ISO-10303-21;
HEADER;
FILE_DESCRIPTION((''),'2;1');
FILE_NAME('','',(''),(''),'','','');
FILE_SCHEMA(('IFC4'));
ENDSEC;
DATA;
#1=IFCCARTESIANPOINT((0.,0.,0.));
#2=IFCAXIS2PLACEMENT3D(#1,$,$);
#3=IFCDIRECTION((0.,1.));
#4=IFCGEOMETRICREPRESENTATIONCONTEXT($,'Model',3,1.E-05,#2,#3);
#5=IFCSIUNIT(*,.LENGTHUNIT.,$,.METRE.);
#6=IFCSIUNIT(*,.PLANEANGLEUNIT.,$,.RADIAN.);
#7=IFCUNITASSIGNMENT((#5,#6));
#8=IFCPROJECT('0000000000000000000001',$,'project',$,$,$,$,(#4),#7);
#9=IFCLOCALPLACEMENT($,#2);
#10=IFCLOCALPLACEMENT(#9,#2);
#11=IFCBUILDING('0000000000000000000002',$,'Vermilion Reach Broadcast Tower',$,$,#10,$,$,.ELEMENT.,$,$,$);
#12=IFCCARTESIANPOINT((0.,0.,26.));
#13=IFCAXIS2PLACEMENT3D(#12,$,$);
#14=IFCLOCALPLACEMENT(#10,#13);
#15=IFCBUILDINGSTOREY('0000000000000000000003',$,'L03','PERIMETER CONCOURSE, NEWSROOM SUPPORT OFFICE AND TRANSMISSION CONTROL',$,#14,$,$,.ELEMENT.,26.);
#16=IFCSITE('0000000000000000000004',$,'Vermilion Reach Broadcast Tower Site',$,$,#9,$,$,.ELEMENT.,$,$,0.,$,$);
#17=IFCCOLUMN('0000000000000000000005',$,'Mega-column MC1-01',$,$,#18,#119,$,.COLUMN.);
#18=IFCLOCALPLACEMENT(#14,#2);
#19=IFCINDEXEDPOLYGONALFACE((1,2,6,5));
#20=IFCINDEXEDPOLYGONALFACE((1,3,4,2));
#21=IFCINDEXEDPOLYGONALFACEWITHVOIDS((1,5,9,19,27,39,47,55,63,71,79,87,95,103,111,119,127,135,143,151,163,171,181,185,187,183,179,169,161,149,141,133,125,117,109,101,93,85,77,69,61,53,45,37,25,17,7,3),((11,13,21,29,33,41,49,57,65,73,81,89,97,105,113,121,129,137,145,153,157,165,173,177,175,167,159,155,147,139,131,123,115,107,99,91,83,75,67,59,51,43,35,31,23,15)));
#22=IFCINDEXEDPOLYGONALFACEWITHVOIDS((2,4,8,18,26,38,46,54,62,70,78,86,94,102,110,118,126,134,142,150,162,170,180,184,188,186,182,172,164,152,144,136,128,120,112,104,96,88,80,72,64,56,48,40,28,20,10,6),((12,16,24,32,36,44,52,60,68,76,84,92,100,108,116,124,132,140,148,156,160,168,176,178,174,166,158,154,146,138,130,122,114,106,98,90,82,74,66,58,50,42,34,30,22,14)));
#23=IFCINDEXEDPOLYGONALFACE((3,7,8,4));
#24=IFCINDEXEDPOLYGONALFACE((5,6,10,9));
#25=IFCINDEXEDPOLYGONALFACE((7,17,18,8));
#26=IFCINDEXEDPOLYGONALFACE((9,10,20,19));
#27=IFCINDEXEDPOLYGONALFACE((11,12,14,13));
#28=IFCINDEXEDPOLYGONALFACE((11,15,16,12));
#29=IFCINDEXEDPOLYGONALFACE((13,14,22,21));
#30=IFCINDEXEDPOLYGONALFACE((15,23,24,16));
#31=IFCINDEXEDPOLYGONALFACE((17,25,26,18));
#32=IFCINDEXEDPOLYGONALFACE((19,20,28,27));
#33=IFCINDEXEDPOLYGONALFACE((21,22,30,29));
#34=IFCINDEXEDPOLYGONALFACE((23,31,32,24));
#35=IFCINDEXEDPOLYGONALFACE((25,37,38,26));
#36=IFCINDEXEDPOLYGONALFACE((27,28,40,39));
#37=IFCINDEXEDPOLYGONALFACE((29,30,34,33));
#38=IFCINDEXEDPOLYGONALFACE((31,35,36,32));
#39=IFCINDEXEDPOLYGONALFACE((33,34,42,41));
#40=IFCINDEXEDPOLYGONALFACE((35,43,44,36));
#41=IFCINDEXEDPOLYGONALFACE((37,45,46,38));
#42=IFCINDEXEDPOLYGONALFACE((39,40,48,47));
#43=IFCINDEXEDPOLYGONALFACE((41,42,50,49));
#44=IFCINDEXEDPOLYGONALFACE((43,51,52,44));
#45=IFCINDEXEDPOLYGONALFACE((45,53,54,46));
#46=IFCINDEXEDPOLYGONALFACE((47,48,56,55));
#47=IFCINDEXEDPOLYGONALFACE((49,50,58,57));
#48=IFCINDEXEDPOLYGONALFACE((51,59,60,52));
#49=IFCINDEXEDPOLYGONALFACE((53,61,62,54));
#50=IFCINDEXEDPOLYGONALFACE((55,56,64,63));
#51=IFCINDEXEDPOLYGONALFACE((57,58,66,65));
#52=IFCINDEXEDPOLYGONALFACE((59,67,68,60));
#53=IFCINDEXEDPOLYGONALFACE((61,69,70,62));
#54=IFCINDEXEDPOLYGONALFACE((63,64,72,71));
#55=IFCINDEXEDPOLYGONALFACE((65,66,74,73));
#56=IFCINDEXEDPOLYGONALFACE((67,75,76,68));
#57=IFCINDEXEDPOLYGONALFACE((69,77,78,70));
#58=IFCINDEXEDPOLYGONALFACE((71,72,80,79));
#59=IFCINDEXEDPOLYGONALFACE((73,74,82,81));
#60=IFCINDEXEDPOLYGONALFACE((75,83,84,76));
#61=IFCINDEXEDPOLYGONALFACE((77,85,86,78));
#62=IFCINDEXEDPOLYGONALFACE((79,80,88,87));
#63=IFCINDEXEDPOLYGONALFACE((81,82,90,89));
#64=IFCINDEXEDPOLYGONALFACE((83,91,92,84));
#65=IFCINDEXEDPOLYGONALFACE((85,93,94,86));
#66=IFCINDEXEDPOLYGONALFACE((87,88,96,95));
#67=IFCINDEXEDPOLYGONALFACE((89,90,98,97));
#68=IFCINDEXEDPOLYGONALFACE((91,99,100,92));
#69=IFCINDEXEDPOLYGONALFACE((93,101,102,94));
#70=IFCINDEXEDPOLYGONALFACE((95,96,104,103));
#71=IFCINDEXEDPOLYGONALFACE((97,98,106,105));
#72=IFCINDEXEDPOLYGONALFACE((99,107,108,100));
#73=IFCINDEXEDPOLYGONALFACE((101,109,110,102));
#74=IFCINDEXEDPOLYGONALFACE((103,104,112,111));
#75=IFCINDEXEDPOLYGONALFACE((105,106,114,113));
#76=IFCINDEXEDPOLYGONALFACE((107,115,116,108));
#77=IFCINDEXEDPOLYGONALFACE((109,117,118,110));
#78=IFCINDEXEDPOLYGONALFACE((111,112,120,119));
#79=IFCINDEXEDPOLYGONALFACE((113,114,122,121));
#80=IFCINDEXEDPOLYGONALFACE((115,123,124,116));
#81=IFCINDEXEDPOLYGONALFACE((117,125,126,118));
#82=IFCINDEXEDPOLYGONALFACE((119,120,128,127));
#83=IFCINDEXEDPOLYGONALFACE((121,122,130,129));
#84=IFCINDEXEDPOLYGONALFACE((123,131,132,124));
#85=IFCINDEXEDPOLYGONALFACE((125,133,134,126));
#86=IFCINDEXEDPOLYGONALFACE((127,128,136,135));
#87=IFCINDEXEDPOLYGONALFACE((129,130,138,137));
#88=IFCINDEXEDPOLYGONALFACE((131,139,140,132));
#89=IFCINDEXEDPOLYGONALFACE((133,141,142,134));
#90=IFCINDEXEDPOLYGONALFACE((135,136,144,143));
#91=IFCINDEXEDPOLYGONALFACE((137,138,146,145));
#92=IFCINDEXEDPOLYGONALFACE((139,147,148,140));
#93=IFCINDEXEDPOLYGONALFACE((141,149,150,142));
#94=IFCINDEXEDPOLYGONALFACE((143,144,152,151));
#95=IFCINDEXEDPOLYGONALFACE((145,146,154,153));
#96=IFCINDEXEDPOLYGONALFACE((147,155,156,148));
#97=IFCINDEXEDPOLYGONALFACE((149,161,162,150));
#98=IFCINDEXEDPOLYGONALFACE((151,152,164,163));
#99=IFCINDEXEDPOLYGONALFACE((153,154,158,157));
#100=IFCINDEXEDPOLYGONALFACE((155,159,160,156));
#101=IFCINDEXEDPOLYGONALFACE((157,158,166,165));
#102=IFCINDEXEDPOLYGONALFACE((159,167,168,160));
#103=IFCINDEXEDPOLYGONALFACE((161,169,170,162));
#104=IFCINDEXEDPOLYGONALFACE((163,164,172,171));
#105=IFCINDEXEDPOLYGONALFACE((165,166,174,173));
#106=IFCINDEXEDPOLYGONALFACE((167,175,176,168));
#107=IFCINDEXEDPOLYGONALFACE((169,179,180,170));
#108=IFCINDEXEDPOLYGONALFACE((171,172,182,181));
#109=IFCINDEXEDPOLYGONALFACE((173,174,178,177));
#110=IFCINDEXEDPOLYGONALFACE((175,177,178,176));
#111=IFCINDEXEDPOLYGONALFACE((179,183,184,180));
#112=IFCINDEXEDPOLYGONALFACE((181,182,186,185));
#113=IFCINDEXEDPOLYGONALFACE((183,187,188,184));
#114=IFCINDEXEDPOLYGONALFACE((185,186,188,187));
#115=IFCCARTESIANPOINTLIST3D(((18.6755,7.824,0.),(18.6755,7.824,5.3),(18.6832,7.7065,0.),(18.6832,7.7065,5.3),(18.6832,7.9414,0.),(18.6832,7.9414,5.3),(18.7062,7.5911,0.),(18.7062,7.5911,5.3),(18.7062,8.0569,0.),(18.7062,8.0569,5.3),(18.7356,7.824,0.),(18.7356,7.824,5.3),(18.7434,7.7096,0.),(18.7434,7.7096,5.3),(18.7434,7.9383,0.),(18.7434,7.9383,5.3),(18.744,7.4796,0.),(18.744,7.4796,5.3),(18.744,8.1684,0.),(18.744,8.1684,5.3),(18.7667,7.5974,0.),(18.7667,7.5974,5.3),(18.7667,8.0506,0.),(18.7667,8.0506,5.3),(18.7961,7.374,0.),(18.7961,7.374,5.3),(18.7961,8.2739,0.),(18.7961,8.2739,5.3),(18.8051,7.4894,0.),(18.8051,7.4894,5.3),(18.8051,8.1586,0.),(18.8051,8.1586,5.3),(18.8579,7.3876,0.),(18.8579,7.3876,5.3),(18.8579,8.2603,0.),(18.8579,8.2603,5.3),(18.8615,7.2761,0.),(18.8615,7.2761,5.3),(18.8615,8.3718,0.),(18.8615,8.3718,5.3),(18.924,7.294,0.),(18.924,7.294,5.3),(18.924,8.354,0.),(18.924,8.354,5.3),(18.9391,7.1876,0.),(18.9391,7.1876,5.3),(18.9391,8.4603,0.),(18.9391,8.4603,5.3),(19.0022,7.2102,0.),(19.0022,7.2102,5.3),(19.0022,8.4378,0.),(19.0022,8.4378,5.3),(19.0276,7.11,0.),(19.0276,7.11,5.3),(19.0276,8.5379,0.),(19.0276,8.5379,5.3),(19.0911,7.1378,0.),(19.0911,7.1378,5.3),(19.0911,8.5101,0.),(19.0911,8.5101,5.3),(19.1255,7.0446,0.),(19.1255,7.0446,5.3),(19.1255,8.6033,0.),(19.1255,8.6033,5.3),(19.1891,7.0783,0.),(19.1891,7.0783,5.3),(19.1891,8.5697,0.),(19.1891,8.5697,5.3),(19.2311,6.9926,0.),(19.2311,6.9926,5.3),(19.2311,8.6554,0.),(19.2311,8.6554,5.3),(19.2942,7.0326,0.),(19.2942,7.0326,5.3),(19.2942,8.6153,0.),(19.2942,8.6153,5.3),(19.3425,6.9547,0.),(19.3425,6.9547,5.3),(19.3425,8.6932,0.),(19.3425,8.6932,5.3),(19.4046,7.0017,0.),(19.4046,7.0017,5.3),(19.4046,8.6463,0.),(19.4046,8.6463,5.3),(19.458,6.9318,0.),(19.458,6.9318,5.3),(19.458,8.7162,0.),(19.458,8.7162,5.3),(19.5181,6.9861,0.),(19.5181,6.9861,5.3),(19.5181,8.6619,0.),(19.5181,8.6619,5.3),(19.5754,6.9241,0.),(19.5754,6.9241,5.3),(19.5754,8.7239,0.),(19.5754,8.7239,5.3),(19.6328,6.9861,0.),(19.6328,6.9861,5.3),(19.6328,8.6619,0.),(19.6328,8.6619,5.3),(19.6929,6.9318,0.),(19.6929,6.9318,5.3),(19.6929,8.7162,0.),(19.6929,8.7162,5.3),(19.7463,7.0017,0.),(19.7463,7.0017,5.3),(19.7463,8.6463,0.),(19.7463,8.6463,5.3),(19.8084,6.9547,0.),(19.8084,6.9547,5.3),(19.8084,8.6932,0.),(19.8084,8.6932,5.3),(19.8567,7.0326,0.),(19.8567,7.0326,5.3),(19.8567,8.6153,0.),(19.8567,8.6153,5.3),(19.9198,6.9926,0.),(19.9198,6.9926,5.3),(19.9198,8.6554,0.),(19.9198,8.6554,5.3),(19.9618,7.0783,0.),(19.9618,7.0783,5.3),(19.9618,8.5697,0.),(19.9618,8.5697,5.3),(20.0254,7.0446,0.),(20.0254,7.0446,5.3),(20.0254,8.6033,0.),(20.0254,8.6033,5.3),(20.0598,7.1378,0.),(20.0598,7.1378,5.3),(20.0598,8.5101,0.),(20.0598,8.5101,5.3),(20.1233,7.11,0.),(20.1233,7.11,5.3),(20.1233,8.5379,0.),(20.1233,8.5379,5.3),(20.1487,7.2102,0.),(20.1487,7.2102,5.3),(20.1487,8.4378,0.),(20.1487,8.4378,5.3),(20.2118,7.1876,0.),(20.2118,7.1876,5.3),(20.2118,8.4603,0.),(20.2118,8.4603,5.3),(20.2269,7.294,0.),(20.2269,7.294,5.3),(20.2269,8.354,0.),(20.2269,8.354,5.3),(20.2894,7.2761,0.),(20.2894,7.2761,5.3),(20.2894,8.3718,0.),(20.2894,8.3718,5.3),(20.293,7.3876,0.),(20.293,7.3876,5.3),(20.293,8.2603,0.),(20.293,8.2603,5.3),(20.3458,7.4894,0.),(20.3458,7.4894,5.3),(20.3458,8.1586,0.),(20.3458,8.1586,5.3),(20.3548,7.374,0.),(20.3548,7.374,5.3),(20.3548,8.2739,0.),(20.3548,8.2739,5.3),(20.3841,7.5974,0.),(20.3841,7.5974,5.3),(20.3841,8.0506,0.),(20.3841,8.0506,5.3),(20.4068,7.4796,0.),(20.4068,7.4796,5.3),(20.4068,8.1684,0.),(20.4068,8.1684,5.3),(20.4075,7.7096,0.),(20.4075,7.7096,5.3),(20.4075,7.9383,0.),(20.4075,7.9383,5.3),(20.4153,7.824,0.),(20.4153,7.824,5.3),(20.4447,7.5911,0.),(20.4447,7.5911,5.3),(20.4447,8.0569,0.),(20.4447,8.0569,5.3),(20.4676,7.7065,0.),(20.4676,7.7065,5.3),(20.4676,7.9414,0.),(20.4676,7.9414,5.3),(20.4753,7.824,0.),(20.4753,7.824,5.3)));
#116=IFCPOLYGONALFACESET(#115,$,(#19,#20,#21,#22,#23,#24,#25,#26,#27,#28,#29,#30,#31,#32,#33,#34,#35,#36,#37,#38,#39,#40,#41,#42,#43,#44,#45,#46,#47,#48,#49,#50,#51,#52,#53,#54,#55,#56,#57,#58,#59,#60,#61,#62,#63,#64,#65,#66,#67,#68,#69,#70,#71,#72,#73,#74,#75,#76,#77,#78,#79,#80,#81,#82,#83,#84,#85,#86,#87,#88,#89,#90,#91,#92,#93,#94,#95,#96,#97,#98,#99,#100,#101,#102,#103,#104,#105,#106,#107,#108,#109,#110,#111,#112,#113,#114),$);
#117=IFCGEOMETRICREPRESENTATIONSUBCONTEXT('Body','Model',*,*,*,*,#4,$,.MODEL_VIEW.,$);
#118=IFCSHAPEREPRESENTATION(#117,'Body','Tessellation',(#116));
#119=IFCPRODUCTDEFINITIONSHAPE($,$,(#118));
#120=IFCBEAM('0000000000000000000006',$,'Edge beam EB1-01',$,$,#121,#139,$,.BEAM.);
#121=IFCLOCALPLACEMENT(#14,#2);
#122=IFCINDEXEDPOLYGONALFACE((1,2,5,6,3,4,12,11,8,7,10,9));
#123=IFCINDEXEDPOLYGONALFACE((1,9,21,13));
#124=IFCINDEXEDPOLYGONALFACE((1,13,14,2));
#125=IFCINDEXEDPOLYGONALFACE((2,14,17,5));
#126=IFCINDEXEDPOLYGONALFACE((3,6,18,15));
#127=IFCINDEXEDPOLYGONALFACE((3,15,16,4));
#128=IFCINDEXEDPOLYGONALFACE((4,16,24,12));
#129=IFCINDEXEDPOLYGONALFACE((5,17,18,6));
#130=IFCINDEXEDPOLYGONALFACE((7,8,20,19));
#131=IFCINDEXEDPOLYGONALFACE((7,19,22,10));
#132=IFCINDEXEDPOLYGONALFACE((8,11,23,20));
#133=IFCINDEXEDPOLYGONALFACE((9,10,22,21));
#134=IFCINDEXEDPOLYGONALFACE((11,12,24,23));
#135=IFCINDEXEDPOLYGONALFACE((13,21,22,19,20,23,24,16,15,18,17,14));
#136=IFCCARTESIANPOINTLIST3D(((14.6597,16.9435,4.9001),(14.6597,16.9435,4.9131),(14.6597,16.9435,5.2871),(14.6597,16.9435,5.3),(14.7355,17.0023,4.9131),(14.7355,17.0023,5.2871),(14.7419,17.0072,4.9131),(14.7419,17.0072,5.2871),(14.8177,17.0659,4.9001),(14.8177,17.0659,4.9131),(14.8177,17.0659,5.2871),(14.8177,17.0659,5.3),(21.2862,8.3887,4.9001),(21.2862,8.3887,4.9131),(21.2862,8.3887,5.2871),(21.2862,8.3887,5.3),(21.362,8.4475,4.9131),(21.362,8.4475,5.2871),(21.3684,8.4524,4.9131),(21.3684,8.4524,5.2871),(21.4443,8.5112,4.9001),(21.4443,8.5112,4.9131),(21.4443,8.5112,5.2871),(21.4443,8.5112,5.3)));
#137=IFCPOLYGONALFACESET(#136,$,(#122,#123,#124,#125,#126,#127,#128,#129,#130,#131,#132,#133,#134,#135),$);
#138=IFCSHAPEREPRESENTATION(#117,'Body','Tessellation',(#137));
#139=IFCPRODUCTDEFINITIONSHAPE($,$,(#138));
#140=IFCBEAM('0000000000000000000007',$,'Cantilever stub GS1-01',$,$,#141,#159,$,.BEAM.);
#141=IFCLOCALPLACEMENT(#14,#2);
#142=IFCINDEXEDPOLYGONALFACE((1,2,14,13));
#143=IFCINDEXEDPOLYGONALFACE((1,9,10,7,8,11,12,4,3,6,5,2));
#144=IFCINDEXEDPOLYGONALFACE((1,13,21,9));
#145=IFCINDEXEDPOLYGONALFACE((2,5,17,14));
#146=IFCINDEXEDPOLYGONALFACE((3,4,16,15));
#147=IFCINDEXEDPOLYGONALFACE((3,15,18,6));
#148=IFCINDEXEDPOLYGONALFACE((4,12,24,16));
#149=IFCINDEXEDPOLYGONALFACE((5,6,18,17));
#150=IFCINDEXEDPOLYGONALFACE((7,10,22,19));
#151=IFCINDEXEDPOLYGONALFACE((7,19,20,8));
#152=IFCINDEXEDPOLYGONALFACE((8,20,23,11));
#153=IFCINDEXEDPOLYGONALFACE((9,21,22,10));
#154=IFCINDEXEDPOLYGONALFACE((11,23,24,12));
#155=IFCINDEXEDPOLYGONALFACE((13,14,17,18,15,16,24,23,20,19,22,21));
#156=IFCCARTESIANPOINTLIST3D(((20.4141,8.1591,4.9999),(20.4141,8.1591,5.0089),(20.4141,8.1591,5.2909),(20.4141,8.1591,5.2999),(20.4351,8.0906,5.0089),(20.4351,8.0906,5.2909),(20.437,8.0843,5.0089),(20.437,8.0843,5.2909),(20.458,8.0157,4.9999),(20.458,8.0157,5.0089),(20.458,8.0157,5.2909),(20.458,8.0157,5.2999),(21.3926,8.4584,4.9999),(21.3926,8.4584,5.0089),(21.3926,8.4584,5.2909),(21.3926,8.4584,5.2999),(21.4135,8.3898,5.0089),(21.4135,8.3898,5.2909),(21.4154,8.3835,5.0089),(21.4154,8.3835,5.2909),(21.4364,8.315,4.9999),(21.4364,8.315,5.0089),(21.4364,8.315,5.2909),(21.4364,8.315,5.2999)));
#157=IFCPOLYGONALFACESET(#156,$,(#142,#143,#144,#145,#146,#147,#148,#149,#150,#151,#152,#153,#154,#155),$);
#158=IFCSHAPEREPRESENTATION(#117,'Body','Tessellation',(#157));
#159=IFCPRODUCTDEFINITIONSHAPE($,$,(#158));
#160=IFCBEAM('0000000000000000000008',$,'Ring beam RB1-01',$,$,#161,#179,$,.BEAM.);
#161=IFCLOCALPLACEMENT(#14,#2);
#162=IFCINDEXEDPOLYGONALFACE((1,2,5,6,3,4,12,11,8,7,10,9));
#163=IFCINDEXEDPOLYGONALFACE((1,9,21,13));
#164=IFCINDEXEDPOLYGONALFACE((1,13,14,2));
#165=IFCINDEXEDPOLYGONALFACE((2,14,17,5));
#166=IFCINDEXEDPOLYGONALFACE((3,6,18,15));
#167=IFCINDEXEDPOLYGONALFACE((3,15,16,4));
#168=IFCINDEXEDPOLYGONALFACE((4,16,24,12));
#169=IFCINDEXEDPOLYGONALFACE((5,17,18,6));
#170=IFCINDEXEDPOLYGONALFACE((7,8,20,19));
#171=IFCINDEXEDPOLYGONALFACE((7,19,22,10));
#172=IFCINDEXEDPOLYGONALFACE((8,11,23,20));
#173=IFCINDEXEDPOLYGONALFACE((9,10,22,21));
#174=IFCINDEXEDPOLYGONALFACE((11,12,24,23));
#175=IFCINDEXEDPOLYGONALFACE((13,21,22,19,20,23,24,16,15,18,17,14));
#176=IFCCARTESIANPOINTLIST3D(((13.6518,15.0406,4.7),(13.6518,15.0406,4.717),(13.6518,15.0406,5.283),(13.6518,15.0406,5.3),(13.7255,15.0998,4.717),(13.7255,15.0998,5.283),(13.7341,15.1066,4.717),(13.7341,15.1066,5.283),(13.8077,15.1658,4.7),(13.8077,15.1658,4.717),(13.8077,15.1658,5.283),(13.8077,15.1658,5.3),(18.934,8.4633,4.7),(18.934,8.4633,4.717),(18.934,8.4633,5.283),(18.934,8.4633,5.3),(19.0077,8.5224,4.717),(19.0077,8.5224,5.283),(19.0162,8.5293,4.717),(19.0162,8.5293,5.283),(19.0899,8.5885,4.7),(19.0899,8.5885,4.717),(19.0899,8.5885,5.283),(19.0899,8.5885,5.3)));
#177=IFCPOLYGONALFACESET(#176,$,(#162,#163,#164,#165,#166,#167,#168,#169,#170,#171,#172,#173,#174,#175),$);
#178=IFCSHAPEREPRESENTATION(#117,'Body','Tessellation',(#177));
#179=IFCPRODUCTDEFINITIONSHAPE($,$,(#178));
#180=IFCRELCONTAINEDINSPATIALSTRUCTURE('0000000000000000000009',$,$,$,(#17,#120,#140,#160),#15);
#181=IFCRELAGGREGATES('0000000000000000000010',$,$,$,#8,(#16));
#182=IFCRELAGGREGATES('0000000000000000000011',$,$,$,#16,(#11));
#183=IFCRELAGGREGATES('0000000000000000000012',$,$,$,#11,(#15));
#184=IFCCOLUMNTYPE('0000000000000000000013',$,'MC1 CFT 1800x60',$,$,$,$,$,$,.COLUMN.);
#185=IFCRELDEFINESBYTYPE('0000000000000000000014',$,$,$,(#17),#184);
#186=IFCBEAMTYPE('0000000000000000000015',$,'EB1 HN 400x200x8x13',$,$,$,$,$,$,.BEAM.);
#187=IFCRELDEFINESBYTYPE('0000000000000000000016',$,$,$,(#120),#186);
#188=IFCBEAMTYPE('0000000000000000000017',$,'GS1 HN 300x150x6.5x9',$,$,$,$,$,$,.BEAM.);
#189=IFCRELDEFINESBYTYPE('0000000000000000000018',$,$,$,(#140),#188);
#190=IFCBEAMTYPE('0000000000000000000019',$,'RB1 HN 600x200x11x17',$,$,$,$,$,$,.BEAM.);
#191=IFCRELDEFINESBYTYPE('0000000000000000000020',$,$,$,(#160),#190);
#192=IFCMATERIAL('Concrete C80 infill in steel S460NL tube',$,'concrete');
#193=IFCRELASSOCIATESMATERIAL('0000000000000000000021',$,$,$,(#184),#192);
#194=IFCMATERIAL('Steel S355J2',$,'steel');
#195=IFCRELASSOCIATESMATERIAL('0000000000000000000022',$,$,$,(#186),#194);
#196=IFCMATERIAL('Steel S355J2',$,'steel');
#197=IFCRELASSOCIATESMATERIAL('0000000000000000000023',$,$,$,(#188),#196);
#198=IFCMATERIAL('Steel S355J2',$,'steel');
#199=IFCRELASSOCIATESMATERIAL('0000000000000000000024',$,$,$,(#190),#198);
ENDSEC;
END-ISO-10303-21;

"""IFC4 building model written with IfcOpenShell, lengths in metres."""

from ifc_helpers import new_model, si_unit, direction, frame, origin, origin_2d, place, context, subcontext, project, spatial, hollow_circle, i_section, extrude, material, material_profile, profile_set, type_object, element, save


model = new_model("IFC4")

# Units and contexts
model_context = context("Model", 3, precision=1e-05, world=origin(), true_north=direction((0.0, 1.0)))
body_context = subcontext(model_context, "Body", "Model", "MODEL_VIEW")
ifc_project = project(units=[si_unit("LENGTHUNIT", "METRE"), si_unit("PLANEANGLEUNIT", "RADIAN")], contexts=[model_context])

# Site, building, storey
site_placement = place(None, origin())
site = spatial("IfcSite", under=ifc_project, at=site_placement, Name="Vermilion Reach Broadcast Tower Site", CompositionType="ELEMENT", RefElevation=0.0)
building_placement = place(site_placement, origin())
building = spatial("IfcBuilding", under=site, at=building_placement, Name="Vermilion Reach Broadcast Tower", CompositionType="ELEMENT")
storey_placement = place(building_placement, frame((0.0, 0.0, 26.0)))
storey = spatial("IfcBuildingStorey", under=building, at=storey_placement, Name="L03", Description="PERIMETER CONCOURSE, NEWSROOM SUPPORT OFFICE AND TRANSMISSION CONTROL", CompositionType="ELEMENT", Elevation=26.0)

# Column
ifc_material_1 = material(Name="Concrete C80 infill in steel S460NL tube", Category="concrete")
ifc_material_profile_1 = material_profile(ifc_material_1, hollow_circle(Radius=0.8999, WallThickness=0.0601, at=origin_2d()), Name="Concrete C80 infill in steel S460NL tube CFT 1800x60")
ifc_profile_set_1 = profile_set([ifc_material_profile_1], Name="Concrete C80 infill in steel S460NL tube")
column_type = type_object("IfcColumnType", Name="MC1 CFT 1800x60", PredefinedType="COLUMN", material=ifc_profile_set_1)
column_placement = place(storey_placement, frame((19.5754, 7.824, 0.0), z_axis=(0.0, 0.0, 1.0), x_axis=(1.0, 0.0, 0.0)))
element("IfcColumn", 1, at=column_placement, inside=storey, type_object=column_type, Name="Mega-column MC1-01", PredefinedType="COLUMN", context=body_context, shape_type="SweptSolid", body=[
    extrude(hollow_circle(Radius=0.8999, WallThickness=0.0601, at=origin_2d()), origin(), (0.0, 0.0, 1.0), 5.3),
])

# Beams
ifc_material_2 = material(Name="Steel S355J2", Category="steel")
ifc_material_profile_2 = material_profile(ifc_material_2, i_section(OverallWidth=0.2, OverallDepth=0.3999, WebThickness=0.0081, FlangeThickness=0.0129, at=origin_2d()), Name="S355J2 HN 400x200x8x13")
ifc_profile_set_2 = profile_set([ifc_material_profile_2], Name="Steel S355J2")
beam_type_1 = type_object("IfcBeamType", Name="EB1 HN 400x200x8x13", PredefinedType="BEAM", material=ifc_profile_set_2)
beam_1_placement = place(storey_placement, frame((21.3652, 8.45, 5.1001), z_axis=(-0.612374, 0.790568, 0.0), x_axis=(-0.790568, -0.612374, 0.0)))
element("IfcBeam", 2, at=beam_1_placement, inside=storey, type_object=beam_type_1, Name="Edge beam EB1-01", PredefinedType="BEAM", context=body_context, shape_type="SweptSolid", body=[
    extrude(i_section(OverallWidth=0.2, OverallDepth=0.3999, WebThickness=0.0081, FlangeThickness=0.0129, at=origin_2d()), origin(), (0.0, 0.0, 1.0), 10.821),
])
ifc_material_3 = material(Name="Steel S355J2", Category="steel")
ifc_material_profile_3 = material_profile(ifc_material_3, i_section(OverallWidth=0.1499, OverallDepth=0.3, WebThickness=0.0066, FlangeThickness=0.009, at=origin_2d()), Name="S355J2 HN 300x150x6.5x9")
ifc_profile_set_3 = profile_set([ifc_material_profile_3], Name="Steel S355J2")
beam_type_2 = type_object("IfcBeamType", Name="GS1 HN 300x150x6.5x9", PredefinedType="BEAM", material=ifc_profile_set_3)
beam_2_placement = place(storey_placement, frame((20.436, 8.0874, 5.1499), z_axis=(0.956263, 0.292509, 0.0), x_axis=(-0.292509, 0.956263, 0.0)))
element("IfcBeam", 3, at=beam_2_placement, inside=storey, type_object=beam_type_2, Name="Cantilever stub GS1-01", PredefinedType="BEAM", context=body_context, shape_type="SweptSolid", body=[
    extrude(i_section(OverallWidth=0.1499, OverallDepth=0.3, WebThickness=0.0066, FlangeThickness=0.009, at=origin_2d()), origin(), (0.0, 0.0, 1.0), 1.0232),
])
ifc_material_4 = material(Name="Steel S355J2", Category="steel")
ifc_material_profile_4 = material_profile(ifc_material_4, i_section(OverallWidth=0.2, OverallDepth=0.6001, WebThickness=0.011, FlangeThickness=0.0171, at=origin_2d()), Name="S355J2 HN 600x200x11x17")
ifc_profile_set_4 = profile_set([ifc_material_profile_4], Name="Steel S355J2")
beam_type_3 = type_object("IfcBeamType", Name="RB1 HN 600x200x11x17", PredefinedType="BEAM", material=ifc_profile_set_4)
beam_3_placement = place(storey_placement, frame((19.012, 8.5259, 5.0), z_axis=(-0.626162, 0.779693, 0.0), x_axis=(-0.779693, -0.626162, 0.0)))
element("IfcBeam", 4, at=beam_3_placement, inside=storey, type_object=beam_type_3, Name="Ring beam RB1-01", PredefinedType="BEAM", context=body_context, shape_type="SweptSolid", body=[
    extrude(i_section(OverallWidth=0.2, OverallDepth=0.6001, WebThickness=0.011, FlangeThickness=0.0171, at=origin_2d()), origin(), (0.0, 0.0, 1.0), 8.4358),
])

save(model, "model.ifc")
